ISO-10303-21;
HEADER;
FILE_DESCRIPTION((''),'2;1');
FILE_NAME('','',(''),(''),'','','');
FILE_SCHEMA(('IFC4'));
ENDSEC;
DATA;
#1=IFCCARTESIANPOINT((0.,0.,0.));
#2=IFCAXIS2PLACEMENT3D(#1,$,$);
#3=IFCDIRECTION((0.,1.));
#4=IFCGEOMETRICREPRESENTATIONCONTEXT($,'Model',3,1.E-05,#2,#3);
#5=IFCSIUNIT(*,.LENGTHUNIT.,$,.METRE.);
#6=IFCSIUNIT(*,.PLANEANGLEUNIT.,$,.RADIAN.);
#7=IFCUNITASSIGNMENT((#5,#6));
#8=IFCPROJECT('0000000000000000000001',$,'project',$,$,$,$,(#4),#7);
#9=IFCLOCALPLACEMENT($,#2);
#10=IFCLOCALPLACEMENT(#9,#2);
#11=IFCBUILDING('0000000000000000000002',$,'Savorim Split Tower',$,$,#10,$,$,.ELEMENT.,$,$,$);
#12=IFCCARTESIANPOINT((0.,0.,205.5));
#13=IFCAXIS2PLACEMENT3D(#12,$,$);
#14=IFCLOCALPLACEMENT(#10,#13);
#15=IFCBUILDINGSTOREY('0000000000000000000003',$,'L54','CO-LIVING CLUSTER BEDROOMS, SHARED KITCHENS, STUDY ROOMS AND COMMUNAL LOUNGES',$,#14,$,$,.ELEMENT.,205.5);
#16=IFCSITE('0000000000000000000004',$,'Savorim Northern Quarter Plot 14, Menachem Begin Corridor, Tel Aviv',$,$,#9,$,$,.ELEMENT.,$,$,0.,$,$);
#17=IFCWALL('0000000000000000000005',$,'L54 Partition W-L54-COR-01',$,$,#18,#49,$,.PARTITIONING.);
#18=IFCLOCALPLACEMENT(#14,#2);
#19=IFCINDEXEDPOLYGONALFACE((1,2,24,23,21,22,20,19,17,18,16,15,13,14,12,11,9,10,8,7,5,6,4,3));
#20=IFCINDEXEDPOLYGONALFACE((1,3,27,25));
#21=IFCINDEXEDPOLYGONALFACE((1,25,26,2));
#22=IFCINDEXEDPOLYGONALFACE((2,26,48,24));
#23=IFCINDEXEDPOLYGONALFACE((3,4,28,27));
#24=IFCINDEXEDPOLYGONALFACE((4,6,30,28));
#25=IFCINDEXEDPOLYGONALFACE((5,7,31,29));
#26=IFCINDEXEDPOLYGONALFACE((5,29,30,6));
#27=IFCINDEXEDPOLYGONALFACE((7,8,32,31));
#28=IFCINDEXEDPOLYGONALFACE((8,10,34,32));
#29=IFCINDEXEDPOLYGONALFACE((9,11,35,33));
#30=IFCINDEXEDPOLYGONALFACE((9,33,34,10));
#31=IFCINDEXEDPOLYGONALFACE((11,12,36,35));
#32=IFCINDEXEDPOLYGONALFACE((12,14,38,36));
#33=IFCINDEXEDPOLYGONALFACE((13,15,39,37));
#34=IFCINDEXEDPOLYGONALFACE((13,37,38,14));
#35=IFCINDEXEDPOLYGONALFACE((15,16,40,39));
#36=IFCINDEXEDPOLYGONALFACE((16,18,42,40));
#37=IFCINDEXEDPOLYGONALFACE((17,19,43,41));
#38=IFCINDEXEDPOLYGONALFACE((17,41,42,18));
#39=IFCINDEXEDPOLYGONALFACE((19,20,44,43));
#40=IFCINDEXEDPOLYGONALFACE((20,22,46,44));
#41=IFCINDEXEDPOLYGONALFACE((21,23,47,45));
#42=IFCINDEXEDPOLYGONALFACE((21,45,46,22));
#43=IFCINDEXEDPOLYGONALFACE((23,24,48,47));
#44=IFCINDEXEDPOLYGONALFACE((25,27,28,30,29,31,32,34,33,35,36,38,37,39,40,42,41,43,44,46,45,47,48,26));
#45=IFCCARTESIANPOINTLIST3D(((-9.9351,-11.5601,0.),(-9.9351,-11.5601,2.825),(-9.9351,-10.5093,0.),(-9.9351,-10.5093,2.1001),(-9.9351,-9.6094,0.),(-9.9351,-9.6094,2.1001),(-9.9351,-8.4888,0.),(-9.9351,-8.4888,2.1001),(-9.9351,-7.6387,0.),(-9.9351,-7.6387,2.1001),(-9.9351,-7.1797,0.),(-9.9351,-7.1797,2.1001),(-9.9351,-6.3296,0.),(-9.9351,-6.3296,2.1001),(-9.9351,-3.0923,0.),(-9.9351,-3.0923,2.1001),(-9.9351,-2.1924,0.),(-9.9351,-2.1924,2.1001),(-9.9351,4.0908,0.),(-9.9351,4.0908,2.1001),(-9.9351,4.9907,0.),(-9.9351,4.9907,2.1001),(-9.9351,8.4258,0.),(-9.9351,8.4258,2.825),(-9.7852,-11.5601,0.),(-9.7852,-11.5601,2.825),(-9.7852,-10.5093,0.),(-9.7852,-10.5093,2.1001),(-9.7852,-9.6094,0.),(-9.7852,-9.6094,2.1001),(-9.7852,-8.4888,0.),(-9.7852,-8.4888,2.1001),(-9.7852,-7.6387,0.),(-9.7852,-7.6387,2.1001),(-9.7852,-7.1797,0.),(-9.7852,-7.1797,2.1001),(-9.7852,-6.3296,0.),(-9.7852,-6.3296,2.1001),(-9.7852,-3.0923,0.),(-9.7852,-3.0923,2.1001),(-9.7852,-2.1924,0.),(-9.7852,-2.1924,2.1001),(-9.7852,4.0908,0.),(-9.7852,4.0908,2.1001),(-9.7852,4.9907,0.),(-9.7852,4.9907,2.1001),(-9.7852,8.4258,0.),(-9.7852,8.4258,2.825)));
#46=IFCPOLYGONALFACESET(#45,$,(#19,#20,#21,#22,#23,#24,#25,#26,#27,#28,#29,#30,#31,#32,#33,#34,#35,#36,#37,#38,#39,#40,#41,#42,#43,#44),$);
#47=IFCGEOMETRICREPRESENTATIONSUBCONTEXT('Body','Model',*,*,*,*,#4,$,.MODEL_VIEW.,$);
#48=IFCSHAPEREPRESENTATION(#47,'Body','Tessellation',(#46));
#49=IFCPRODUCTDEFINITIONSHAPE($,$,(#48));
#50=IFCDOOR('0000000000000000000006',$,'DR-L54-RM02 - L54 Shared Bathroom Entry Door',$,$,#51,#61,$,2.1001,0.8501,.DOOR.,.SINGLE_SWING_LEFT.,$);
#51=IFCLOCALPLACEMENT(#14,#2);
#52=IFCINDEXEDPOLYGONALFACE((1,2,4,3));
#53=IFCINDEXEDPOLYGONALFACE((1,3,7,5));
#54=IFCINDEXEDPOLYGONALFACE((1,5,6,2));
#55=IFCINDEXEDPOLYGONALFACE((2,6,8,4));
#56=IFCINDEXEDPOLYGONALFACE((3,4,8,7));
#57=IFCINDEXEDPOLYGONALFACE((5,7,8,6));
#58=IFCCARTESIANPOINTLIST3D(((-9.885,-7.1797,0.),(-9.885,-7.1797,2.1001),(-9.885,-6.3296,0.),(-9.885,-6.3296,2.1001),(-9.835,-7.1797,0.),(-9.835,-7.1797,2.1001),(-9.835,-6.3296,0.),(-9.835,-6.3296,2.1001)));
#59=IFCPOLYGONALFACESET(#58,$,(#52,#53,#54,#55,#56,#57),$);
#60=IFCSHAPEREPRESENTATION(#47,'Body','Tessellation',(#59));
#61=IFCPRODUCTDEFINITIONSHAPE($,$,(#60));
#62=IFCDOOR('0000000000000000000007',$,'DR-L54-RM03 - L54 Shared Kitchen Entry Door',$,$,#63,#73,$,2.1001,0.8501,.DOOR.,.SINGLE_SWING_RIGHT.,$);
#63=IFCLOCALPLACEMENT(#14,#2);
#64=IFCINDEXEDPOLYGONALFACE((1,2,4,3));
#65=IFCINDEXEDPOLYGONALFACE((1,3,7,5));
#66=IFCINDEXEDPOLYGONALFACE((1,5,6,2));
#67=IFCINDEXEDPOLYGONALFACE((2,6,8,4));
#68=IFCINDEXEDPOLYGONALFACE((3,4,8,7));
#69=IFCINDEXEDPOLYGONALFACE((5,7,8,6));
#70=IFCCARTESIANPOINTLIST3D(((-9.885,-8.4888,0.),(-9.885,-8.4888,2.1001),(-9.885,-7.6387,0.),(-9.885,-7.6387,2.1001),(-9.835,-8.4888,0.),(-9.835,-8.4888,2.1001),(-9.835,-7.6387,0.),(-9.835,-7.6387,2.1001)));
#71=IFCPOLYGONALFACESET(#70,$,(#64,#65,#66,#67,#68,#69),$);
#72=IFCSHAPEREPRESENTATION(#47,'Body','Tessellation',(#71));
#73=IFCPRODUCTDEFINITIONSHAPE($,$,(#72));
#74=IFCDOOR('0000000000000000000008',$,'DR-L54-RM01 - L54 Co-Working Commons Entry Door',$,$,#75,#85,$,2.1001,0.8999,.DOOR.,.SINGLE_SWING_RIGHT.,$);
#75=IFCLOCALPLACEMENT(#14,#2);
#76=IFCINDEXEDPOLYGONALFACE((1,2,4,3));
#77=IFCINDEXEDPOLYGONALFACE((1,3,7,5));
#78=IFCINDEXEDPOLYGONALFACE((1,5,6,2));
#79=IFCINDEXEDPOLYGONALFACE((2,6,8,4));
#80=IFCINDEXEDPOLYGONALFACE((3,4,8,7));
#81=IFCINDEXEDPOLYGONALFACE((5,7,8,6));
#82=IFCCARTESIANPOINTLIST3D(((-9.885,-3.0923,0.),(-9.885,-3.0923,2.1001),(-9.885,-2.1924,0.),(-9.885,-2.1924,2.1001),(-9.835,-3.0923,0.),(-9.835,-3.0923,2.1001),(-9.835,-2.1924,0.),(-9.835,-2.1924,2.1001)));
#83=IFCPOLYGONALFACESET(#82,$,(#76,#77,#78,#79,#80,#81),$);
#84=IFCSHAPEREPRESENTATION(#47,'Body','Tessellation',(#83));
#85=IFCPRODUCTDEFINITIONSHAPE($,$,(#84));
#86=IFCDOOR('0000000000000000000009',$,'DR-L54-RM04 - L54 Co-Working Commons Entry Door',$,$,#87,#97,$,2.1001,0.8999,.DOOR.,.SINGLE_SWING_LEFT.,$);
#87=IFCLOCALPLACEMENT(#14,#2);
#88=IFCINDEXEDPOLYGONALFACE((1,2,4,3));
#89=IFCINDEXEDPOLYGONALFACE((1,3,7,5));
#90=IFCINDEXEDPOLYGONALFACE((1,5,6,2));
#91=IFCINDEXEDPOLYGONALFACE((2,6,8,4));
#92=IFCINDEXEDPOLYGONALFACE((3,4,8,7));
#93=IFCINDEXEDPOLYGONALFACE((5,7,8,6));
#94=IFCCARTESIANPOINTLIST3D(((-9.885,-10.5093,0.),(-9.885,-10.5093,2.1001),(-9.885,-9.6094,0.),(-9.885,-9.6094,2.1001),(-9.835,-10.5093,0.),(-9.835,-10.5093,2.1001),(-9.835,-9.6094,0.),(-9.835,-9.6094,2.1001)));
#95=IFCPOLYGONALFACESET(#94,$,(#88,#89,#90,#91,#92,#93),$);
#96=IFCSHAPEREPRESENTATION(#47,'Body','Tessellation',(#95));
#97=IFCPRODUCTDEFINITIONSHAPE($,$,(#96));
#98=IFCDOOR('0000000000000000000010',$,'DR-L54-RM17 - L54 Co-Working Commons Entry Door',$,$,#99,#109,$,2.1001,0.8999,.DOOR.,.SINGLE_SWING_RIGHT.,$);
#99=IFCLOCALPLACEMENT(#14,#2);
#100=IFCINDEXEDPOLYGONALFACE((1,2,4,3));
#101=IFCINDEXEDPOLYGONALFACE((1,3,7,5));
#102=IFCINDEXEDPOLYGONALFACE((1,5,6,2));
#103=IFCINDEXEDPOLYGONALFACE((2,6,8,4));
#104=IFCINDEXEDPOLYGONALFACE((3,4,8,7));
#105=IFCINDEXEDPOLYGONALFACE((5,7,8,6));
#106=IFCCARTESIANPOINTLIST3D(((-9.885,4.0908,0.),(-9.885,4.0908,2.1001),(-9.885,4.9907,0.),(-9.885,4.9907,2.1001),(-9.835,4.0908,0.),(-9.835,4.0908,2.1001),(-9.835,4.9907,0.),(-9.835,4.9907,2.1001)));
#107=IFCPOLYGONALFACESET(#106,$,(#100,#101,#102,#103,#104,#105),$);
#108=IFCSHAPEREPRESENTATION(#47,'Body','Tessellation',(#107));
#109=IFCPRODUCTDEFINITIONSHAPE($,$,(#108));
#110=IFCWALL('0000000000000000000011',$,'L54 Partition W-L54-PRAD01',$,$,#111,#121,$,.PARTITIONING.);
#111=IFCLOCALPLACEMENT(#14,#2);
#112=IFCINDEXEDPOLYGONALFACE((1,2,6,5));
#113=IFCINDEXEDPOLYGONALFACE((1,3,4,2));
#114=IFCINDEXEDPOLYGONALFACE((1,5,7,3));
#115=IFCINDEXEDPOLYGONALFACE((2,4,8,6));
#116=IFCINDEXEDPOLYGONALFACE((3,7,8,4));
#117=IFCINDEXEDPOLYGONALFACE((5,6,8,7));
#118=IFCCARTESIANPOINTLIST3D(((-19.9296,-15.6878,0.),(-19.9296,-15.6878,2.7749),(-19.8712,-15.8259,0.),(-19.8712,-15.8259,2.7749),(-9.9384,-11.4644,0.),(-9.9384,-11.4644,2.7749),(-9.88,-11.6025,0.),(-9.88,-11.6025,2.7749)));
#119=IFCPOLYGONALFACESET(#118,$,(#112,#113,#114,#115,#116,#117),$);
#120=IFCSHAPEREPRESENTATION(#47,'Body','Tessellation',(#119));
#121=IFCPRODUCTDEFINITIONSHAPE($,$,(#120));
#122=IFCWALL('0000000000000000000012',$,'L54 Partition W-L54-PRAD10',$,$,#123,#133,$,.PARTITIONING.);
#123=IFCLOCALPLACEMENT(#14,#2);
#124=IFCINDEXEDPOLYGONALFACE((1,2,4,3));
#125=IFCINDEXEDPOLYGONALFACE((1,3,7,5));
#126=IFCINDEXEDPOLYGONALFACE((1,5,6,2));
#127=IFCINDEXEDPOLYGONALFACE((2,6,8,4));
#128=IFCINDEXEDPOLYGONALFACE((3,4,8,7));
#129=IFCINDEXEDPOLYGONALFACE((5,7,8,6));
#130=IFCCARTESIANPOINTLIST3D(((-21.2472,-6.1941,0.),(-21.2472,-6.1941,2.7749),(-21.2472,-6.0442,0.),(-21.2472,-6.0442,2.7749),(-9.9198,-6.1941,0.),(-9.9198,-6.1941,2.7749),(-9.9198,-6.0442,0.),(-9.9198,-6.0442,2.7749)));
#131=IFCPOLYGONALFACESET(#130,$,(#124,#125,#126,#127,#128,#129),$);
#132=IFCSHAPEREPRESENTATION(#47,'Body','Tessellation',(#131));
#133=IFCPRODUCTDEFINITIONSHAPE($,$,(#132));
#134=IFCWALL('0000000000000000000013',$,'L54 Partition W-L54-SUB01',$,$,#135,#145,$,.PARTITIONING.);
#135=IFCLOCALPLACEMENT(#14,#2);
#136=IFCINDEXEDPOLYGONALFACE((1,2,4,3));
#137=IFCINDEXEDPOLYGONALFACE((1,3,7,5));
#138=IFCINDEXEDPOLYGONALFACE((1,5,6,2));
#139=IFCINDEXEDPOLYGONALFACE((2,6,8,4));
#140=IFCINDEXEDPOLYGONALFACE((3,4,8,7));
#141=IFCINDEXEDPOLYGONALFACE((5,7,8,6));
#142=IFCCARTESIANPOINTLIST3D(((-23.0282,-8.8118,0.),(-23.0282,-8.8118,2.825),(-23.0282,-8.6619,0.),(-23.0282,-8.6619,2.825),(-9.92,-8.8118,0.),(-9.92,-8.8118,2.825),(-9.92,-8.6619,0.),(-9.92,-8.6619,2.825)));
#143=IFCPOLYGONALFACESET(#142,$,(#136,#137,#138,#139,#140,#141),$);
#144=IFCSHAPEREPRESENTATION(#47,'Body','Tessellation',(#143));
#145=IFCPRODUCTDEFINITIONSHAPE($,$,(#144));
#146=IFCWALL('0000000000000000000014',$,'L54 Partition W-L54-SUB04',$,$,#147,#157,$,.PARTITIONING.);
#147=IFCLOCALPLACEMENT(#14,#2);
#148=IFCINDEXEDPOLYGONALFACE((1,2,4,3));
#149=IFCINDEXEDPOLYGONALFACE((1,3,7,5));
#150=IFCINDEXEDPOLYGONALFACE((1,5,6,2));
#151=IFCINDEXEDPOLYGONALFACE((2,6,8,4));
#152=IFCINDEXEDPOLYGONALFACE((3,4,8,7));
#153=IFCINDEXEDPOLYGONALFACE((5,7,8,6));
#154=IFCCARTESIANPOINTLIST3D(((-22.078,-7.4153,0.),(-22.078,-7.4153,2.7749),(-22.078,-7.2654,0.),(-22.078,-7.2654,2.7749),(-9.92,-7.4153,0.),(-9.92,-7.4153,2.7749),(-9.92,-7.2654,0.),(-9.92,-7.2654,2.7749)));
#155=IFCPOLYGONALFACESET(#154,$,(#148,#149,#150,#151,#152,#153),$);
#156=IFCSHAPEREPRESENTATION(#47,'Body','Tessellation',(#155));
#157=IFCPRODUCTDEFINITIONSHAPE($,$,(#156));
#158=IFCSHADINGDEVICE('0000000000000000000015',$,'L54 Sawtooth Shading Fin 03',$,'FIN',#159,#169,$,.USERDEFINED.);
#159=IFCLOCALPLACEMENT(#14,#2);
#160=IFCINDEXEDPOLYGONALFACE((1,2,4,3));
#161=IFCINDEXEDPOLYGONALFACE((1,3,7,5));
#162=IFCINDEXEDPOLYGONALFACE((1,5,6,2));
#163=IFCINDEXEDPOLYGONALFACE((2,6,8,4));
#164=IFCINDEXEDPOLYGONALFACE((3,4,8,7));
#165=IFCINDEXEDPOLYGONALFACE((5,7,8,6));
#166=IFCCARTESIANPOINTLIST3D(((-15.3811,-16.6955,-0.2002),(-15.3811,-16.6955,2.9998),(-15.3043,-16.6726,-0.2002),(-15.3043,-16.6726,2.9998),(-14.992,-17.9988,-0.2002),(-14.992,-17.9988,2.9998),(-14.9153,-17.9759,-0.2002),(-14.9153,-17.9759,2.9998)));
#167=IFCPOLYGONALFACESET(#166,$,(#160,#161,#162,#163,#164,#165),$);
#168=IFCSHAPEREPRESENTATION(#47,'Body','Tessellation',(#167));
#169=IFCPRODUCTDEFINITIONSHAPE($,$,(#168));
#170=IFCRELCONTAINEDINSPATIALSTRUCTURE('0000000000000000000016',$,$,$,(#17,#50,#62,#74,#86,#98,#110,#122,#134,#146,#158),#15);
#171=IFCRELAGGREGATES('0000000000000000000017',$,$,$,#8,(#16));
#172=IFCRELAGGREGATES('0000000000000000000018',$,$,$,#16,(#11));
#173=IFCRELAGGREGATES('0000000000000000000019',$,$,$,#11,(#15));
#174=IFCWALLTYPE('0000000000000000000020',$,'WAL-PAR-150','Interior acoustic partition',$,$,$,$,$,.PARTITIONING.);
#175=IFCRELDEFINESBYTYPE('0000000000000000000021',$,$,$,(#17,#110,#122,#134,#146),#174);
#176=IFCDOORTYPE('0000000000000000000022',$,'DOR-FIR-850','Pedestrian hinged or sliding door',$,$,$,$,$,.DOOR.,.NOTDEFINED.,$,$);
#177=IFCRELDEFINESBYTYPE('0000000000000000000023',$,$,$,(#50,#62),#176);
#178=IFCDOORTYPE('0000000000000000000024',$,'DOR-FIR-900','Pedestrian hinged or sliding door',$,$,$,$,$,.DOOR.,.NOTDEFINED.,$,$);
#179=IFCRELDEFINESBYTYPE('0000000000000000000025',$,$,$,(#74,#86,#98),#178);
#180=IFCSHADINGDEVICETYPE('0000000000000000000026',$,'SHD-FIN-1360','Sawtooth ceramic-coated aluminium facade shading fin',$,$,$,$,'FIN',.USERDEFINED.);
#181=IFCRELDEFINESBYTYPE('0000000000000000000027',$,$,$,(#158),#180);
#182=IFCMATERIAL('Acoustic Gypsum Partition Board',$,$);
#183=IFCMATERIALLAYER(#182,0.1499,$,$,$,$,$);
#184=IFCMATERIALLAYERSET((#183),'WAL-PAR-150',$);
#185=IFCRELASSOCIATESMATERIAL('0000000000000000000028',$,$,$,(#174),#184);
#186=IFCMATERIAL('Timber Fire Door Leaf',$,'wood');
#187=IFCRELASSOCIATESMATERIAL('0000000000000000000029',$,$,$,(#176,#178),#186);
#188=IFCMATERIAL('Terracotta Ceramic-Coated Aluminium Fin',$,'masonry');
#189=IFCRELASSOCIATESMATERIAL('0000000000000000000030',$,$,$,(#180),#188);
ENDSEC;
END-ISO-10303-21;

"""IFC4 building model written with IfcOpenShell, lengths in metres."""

from ifc_helpers import new_model, si_unit, direction, frame, frame_2d, origin, origin_2d, place, context, subcontext, project, spatial, rectangle, extrude, material, layer, layer_set, type_object, element, fill, save


model = new_model("IFC4")

# Units and contexts
model_context = context("Model", 3, precision=1e-05, world=origin(), true_north=direction((0.0, 1.0)))
body_context = subcontext(model_context, "Body", "Model", "MODEL_VIEW")
ifc_project = project(units=[si_unit("LENGTHUNIT", "METRE"), si_unit("PLANEANGLEUNIT", "RADIAN")], contexts=[model_context])

# Site, building, storey
site_placement = place(None, origin())
site = spatial("IfcSite", under=ifc_project, at=site_placement, Name="Savorim Northern Quarter Plot 14, Menachem Begin Corridor, Tel Aviv", CompositionType="ELEMENT", RefElevation=0.0)
building_placement = place(site_placement, origin())
building = spatial("IfcBuilding", under=site, at=building_placement, Name="Savorim Split Tower", CompositionType="ELEMENT")
storey_placement = place(building_placement, frame((0.0, 0.0, 205.5)))
storey = spatial("IfcBuildingStorey", under=building, at=storey_placement, Name="L54", Description="CO-LIVING CLUSTER BEDROOMS, SHARED KITCHENS, STUDY ROOMS AND COMMUNAL LOUNGES", CompositionType="ELEMENT", Elevation=205.5)

# Wall, openings, doors
ifc_material_1 = material(Name="Acoustic Gypsum Partition Board")
ifc_layer_1 = layer(ifc_material_1, 0.1499)
ifc_layer_set_1 = layer_set([ifc_layer_1], Name="WAL-PAR-150")
wall_type = type_object("IfcWallType", Name="WAL-PAR-150", Description="Interior acoustic partition", PredefinedType="PARTITIONING", material=ifc_layer_set_1)
wall_1_placement = place(storey_placement, frame((-9.8601, -11.5601, 0.0), z_axis=(0.0, 0.0, 1.0), x_axis=(0.0, 1.0, 0.0)))
wall_1 = element("IfcWall", 1, at=wall_1_placement, inside=storey, type_object=wall_type, Name="L54 Partition W-L54-COR-01", PredefinedType="PARTITIONING", context=body_context, shape_type="SweptSolid", body=[
    extrude(rectangle(XDim=19.9858, YDim=0.1499, at=frame_2d((9.9929, 0.0))), origin(), (0.0, 0.0, 1.0), 2.825),
])
opening_1_placement = place(wall_1_placement, frame((8.4678, 0.0, 0.0)))
opening_1 = element("IfcOpeningElement", 2, at=opening_1_placement, cuts=wall_1, PredefinedType="OPENING", context=body_context, shape_type="SweptSolid", body=[
    extrude(rectangle(XDim=0.8999, YDim=2.1001, at=frame_2d((0.45, 1.05))), frame((0.0, 0.085, 0.0), z_axis=(0.0, -1.0, 0.0), x_axis=(1.0, 0.0, 0.0)), (0.0, 0.0, 1.0), 0.1699),
])
opening_2_placement = place(wall_1_placement, frame((4.3804, 0.0, 0.0)))
opening_2 = element("IfcOpeningElement", 3, at=opening_2_placement, cuts=wall_1, PredefinedType="OPENING", context=body_context, shape_type="SweptSolid", body=[
    extrude(rectangle(XDim=0.8501, YDim=2.1001, at=frame_2d((0.425, 1.05))), frame((0.0, 0.085, 0.0), z_axis=(0.0, -1.0, 0.0), x_axis=(1.0, 0.0, 0.0)), (0.0, 0.0, 1.0), 0.1699),
])
opening_3_placement = place(wall_1_placement, frame((3.0713, 0.0, 0.0)))
opening_3 = element("IfcOpeningElement", 4, at=opening_3_placement, cuts=wall_1, PredefinedType="OPENING", context=body_context, shape_type="SweptSolid", body=[
    extrude(rectangle(XDim=0.8501, YDim=2.1001, at=frame_2d((0.425, 1.05))), frame((0.0, 0.085, 0.0), z_axis=(0.0, -1.0, 0.0), x_axis=(1.0, 0.0, 0.0)), (0.0, 0.0, 1.0), 0.1699),
])
opening_4_placement = place(wall_1_placement, frame((1.0508, 0.0, 0.0)))
opening_4 = element("IfcOpeningElement", 5, at=opening_4_placement, cuts=wall_1, PredefinedType="OPENING", context=body_context, shape_type="SweptSolid", body=[
    extrude(rectangle(XDim=0.8999, YDim=2.1001, at=frame_2d((0.45, 1.05))), frame((0.0, 0.085, 0.0), z_axis=(0.0, -1.0, 0.0), x_axis=(1.0, 0.0, 0.0)), (0.0, 0.0, 1.0), 0.1699),
])
opening_5_placement = place(wall_1_placement, frame((15.6509, 0.0, 0.0)))
opening_5 = element("IfcOpeningElement", 6, at=opening_5_placement, cuts=wall_1, PredefinedType="OPENING", context=body_context, shape_type="SweptSolid", body=[
    extrude(rectangle(XDim=0.8999, YDim=2.1001, at=frame_2d((0.45, 1.05))), frame((0.0, 0.085, 0.0), z_axis=(0.0, -1.0, 0.0), x_axis=(1.0, 0.0, 0.0)), (0.0, 0.0, 1.0), 0.1699),
])
ifc_material_2 = material(Name="Timber Fire Door Leaf", Category="wood")
door_type_1 = type_object("IfcDoorType", Name="DOR-FIR-850", Description="Pedestrian hinged or sliding door", OperationType="NOTDEFINED", PredefinedType="DOOR", material=ifc_material_2)
door_1_placement = place(opening_2_placement, origin())
door_1 = element("IfcDoor", 7, at=door_1_placement, inside=storey, type_object=door_type_1, Name="DR-L54-RM02 - L54 Shared Bathroom Entry Door", OperationType="SINGLE_SWING_LEFT", OverallHeight=2.1001, OverallWidth=0.8501, PredefinedType="DOOR", context=body_context, shape_type="SweptSolid", body=[
    extrude(rectangle(XDim=0.8501, YDim=2.1001, at=frame_2d((0.425, 1.05))), frame((0.0, 0.0249, 0.0), z_axis=(0.0, -1.0, 0.0), x_axis=(1.0, 0.0, 0.0)), (0.0, 0.0, 1.0), 0.05),
])
fill(opening_2, door_1)
door_2_placement = place(opening_3_placement, origin())
door_2 = element("IfcDoor", 8, at=door_2_placement, inside=storey, type_object=door_type_1, Name="DR-L54-RM03 - L54 Shared Kitchen Entry Door", OperationType="SINGLE_SWING_RIGHT", OverallHeight=2.1001, OverallWidth=0.8501, PredefinedType="DOOR", context=body_context, shape_type="SweptSolid", body=[
    extrude(rectangle(XDim=0.8501, YDim=2.1001, at=frame_2d((0.425, 1.05))), frame((0.0, 0.0249, 0.0), z_axis=(0.0, -1.0, 0.0), x_axis=(1.0, 0.0, 0.0)), (0.0, 0.0, 1.0), 0.05),
])
fill(opening_3, door_2)
door_type_2 = type_object("IfcDoorType", Name="DOR-FIR-900", Description="Pedestrian hinged or sliding door", OperationType="NOTDEFINED", PredefinedType="DOOR", material=ifc_material_2)
door_3_placement = place(opening_1_placement, origin())
door_3 = element("IfcDoor", 9, at=door_3_placement, inside=storey, type_object=door_type_2, Name="DR-L54-RM01 - L54 Co-Working Commons Entry Door", OperationType="SINGLE_SWING_RIGHT", OverallHeight=2.1001, OverallWidth=0.8999, PredefinedType="DOOR", context=body_context, shape_type="SweptSolid", body=[
    extrude(rectangle(XDim=0.8999, YDim=2.1001, at=frame_2d((0.45, 1.05))), frame((0.0, 0.0249, 0.0), z_axis=(0.0, -1.0, 0.0), x_axis=(1.0, 0.0, 0.0)), (0.0, 0.0, 1.0), 0.05),
])
fill(opening_1, door_3)
door_4_placement = place(opening_4_placement, origin())
door_4 = element("IfcDoor", 10, at=door_4_placement, inside=storey, type_object=door_type_2, Name="DR-L54-RM04 - L54 Co-Working Commons Entry Door", OperationType="SINGLE_SWING_LEFT", OverallHeight=2.1001, OverallWidth=0.8999, PredefinedType="DOOR", context=body_context, shape_type="SweptSolid", body=[
    extrude(rectangle(XDim=0.8999, YDim=2.1001, at=frame_2d((0.45, 1.05))), frame((0.0, 0.0249, 0.0), z_axis=(0.0, -1.0, 0.0), x_axis=(1.0, 0.0, 0.0)), (0.0, 0.0, 1.0), 0.05),
])
fill(opening_4, door_4)
door_5_placement = place(opening_5_placement, origin())
door_5 = element("IfcDoor", 11, at=door_5_placement, inside=storey, type_object=door_type_2, Name="DR-L54-RM17 - L54 Co-Working Commons Entry Door", OperationType="SINGLE_SWING_RIGHT", OverallHeight=2.1001, OverallWidth=0.8999, PredefinedType="DOOR", context=body_context, shape_type="SweptSolid", body=[
    extrude(rectangle(XDim=0.8999, YDim=2.1001, at=frame_2d((0.45, 1.05))), frame((0.0, 0.0249, 0.0), z_axis=(0.0, -1.0, 0.0), x_axis=(1.0, 0.0, 0.0)), (0.0, 0.0, 1.0), 0.05),
])
fill(opening_5, door_5)

# Walls
wall_2_placement = place(storey_placement, frame((-9.9092, -11.5334, 0.0), z_axis=(0.0, 0.0, 1.0), x_axis=(-0.921088, -0.389354, 0.0)))
element("IfcWall", 12, at=wall_2_placement, inside=storey, type_object=wall_type, Name="L54 Partition W-L54-PRAD01", PredefinedType="PARTITIONING", context=body_context, shape_type="SweptSolid", body=[
    extrude(rectangle(XDim=10.8472, YDim=0.1499, at=frame_2d((5.4236, 0.0))), origin(), (0.0, 0.0, 1.0), 2.7749),
])
wall_3_placement = place(storey_placement, frame((-9.9199, -6.1191, 0.0), z_axis=(0.0, 0.0, 1.0), x_axis=(-1.0, 0.0, 0.0)))
element("IfcWall", 13, at=wall_3_placement, inside=storey, type_object=wall_type, Name="L54 Partition W-L54-PRAD10", PredefinedType="PARTITIONING", context=body_context, shape_type="SweptSolid", body=[
    extrude(rectangle(XDim=11.3274, YDim=0.1499, at=frame_2d((5.6636, 0.0))), origin(), (0.0, 0.0, 1.0), 2.7749),
])
wall_4_placement = place(storey_placement, frame((-9.9199, -8.7368, 0.0), z_axis=(0.0, 0.0, 1.0), x_axis=(-1.0, 0.0, 0.0)))
element("IfcWall", 14, at=wall_4_placement, inside=storey, type_object=wall_type, Name="L54 Partition W-L54-SUB01", PredefinedType="PARTITIONING", context=body_context, shape_type="SweptSolid", body=[
    extrude(rectangle(XDim=13.1082, YDim=0.1499, at=frame_2d((6.5542, 0.0))), origin(), (0.0, 0.0, 1.0), 2.825),
])
wall_5_placement = place(storey_placement, frame((-9.9199, -7.3403, 0.0), z_axis=(0.0, 0.0, 1.0), x_axis=(-1.0, 0.0, 0.0)))
element("IfcWall", 15, at=wall_5_placement, inside=storey, type_object=wall_type, Name="L54 Partition W-L54-SUB04", PredefinedType="PARTITIONING", context=body_context, shape_type="SweptSolid", body=[
    extrude(rectangle(XDim=12.158, YDim=0.1499, at=frame_2d((6.0791, 0.0))), origin(), (0.0, 0.0, 1.0), 2.7749),
])

# Shading device
ifc_material_3 = material(Name="Terracotta Ceramic-Coated Aluminium Fin", Category="masonry")
shading_device_type = type_object("IfcShadingDeviceType", Name="SHD-FIN-1360", Description="Sawtooth ceramic-coated aluminium facade shading fin", ElementType="FIN", PredefinedType="USERDEFINED", material=ifc_material_3)
for number, where, z_axis, x_axis, name in (
    (16, (-15.1482, -17.3357, -0.2002), (0.0, 0.0, 1.0), (0.286026, -0.958222, 0.0), "L54 Sawtooth Shading Fin 03"),
):
    element("IfcShadingDevice", number, at=place(storey_placement, frame(where, z_axis=z_axis, x_axis=x_axis)), inside=storey, type_object=shading_device_type, Name=name, ObjectType="FIN", PredefinedType="USERDEFINED", context=body_context, shape_type="SweptSolid", body=[
        extrude(rectangle(XDim=1.3601, YDim=0.0801, at=origin_2d()), origin(), (0.0, 0.0, 1.0), 3.2),
    ])

save(model, "model.ifc")
